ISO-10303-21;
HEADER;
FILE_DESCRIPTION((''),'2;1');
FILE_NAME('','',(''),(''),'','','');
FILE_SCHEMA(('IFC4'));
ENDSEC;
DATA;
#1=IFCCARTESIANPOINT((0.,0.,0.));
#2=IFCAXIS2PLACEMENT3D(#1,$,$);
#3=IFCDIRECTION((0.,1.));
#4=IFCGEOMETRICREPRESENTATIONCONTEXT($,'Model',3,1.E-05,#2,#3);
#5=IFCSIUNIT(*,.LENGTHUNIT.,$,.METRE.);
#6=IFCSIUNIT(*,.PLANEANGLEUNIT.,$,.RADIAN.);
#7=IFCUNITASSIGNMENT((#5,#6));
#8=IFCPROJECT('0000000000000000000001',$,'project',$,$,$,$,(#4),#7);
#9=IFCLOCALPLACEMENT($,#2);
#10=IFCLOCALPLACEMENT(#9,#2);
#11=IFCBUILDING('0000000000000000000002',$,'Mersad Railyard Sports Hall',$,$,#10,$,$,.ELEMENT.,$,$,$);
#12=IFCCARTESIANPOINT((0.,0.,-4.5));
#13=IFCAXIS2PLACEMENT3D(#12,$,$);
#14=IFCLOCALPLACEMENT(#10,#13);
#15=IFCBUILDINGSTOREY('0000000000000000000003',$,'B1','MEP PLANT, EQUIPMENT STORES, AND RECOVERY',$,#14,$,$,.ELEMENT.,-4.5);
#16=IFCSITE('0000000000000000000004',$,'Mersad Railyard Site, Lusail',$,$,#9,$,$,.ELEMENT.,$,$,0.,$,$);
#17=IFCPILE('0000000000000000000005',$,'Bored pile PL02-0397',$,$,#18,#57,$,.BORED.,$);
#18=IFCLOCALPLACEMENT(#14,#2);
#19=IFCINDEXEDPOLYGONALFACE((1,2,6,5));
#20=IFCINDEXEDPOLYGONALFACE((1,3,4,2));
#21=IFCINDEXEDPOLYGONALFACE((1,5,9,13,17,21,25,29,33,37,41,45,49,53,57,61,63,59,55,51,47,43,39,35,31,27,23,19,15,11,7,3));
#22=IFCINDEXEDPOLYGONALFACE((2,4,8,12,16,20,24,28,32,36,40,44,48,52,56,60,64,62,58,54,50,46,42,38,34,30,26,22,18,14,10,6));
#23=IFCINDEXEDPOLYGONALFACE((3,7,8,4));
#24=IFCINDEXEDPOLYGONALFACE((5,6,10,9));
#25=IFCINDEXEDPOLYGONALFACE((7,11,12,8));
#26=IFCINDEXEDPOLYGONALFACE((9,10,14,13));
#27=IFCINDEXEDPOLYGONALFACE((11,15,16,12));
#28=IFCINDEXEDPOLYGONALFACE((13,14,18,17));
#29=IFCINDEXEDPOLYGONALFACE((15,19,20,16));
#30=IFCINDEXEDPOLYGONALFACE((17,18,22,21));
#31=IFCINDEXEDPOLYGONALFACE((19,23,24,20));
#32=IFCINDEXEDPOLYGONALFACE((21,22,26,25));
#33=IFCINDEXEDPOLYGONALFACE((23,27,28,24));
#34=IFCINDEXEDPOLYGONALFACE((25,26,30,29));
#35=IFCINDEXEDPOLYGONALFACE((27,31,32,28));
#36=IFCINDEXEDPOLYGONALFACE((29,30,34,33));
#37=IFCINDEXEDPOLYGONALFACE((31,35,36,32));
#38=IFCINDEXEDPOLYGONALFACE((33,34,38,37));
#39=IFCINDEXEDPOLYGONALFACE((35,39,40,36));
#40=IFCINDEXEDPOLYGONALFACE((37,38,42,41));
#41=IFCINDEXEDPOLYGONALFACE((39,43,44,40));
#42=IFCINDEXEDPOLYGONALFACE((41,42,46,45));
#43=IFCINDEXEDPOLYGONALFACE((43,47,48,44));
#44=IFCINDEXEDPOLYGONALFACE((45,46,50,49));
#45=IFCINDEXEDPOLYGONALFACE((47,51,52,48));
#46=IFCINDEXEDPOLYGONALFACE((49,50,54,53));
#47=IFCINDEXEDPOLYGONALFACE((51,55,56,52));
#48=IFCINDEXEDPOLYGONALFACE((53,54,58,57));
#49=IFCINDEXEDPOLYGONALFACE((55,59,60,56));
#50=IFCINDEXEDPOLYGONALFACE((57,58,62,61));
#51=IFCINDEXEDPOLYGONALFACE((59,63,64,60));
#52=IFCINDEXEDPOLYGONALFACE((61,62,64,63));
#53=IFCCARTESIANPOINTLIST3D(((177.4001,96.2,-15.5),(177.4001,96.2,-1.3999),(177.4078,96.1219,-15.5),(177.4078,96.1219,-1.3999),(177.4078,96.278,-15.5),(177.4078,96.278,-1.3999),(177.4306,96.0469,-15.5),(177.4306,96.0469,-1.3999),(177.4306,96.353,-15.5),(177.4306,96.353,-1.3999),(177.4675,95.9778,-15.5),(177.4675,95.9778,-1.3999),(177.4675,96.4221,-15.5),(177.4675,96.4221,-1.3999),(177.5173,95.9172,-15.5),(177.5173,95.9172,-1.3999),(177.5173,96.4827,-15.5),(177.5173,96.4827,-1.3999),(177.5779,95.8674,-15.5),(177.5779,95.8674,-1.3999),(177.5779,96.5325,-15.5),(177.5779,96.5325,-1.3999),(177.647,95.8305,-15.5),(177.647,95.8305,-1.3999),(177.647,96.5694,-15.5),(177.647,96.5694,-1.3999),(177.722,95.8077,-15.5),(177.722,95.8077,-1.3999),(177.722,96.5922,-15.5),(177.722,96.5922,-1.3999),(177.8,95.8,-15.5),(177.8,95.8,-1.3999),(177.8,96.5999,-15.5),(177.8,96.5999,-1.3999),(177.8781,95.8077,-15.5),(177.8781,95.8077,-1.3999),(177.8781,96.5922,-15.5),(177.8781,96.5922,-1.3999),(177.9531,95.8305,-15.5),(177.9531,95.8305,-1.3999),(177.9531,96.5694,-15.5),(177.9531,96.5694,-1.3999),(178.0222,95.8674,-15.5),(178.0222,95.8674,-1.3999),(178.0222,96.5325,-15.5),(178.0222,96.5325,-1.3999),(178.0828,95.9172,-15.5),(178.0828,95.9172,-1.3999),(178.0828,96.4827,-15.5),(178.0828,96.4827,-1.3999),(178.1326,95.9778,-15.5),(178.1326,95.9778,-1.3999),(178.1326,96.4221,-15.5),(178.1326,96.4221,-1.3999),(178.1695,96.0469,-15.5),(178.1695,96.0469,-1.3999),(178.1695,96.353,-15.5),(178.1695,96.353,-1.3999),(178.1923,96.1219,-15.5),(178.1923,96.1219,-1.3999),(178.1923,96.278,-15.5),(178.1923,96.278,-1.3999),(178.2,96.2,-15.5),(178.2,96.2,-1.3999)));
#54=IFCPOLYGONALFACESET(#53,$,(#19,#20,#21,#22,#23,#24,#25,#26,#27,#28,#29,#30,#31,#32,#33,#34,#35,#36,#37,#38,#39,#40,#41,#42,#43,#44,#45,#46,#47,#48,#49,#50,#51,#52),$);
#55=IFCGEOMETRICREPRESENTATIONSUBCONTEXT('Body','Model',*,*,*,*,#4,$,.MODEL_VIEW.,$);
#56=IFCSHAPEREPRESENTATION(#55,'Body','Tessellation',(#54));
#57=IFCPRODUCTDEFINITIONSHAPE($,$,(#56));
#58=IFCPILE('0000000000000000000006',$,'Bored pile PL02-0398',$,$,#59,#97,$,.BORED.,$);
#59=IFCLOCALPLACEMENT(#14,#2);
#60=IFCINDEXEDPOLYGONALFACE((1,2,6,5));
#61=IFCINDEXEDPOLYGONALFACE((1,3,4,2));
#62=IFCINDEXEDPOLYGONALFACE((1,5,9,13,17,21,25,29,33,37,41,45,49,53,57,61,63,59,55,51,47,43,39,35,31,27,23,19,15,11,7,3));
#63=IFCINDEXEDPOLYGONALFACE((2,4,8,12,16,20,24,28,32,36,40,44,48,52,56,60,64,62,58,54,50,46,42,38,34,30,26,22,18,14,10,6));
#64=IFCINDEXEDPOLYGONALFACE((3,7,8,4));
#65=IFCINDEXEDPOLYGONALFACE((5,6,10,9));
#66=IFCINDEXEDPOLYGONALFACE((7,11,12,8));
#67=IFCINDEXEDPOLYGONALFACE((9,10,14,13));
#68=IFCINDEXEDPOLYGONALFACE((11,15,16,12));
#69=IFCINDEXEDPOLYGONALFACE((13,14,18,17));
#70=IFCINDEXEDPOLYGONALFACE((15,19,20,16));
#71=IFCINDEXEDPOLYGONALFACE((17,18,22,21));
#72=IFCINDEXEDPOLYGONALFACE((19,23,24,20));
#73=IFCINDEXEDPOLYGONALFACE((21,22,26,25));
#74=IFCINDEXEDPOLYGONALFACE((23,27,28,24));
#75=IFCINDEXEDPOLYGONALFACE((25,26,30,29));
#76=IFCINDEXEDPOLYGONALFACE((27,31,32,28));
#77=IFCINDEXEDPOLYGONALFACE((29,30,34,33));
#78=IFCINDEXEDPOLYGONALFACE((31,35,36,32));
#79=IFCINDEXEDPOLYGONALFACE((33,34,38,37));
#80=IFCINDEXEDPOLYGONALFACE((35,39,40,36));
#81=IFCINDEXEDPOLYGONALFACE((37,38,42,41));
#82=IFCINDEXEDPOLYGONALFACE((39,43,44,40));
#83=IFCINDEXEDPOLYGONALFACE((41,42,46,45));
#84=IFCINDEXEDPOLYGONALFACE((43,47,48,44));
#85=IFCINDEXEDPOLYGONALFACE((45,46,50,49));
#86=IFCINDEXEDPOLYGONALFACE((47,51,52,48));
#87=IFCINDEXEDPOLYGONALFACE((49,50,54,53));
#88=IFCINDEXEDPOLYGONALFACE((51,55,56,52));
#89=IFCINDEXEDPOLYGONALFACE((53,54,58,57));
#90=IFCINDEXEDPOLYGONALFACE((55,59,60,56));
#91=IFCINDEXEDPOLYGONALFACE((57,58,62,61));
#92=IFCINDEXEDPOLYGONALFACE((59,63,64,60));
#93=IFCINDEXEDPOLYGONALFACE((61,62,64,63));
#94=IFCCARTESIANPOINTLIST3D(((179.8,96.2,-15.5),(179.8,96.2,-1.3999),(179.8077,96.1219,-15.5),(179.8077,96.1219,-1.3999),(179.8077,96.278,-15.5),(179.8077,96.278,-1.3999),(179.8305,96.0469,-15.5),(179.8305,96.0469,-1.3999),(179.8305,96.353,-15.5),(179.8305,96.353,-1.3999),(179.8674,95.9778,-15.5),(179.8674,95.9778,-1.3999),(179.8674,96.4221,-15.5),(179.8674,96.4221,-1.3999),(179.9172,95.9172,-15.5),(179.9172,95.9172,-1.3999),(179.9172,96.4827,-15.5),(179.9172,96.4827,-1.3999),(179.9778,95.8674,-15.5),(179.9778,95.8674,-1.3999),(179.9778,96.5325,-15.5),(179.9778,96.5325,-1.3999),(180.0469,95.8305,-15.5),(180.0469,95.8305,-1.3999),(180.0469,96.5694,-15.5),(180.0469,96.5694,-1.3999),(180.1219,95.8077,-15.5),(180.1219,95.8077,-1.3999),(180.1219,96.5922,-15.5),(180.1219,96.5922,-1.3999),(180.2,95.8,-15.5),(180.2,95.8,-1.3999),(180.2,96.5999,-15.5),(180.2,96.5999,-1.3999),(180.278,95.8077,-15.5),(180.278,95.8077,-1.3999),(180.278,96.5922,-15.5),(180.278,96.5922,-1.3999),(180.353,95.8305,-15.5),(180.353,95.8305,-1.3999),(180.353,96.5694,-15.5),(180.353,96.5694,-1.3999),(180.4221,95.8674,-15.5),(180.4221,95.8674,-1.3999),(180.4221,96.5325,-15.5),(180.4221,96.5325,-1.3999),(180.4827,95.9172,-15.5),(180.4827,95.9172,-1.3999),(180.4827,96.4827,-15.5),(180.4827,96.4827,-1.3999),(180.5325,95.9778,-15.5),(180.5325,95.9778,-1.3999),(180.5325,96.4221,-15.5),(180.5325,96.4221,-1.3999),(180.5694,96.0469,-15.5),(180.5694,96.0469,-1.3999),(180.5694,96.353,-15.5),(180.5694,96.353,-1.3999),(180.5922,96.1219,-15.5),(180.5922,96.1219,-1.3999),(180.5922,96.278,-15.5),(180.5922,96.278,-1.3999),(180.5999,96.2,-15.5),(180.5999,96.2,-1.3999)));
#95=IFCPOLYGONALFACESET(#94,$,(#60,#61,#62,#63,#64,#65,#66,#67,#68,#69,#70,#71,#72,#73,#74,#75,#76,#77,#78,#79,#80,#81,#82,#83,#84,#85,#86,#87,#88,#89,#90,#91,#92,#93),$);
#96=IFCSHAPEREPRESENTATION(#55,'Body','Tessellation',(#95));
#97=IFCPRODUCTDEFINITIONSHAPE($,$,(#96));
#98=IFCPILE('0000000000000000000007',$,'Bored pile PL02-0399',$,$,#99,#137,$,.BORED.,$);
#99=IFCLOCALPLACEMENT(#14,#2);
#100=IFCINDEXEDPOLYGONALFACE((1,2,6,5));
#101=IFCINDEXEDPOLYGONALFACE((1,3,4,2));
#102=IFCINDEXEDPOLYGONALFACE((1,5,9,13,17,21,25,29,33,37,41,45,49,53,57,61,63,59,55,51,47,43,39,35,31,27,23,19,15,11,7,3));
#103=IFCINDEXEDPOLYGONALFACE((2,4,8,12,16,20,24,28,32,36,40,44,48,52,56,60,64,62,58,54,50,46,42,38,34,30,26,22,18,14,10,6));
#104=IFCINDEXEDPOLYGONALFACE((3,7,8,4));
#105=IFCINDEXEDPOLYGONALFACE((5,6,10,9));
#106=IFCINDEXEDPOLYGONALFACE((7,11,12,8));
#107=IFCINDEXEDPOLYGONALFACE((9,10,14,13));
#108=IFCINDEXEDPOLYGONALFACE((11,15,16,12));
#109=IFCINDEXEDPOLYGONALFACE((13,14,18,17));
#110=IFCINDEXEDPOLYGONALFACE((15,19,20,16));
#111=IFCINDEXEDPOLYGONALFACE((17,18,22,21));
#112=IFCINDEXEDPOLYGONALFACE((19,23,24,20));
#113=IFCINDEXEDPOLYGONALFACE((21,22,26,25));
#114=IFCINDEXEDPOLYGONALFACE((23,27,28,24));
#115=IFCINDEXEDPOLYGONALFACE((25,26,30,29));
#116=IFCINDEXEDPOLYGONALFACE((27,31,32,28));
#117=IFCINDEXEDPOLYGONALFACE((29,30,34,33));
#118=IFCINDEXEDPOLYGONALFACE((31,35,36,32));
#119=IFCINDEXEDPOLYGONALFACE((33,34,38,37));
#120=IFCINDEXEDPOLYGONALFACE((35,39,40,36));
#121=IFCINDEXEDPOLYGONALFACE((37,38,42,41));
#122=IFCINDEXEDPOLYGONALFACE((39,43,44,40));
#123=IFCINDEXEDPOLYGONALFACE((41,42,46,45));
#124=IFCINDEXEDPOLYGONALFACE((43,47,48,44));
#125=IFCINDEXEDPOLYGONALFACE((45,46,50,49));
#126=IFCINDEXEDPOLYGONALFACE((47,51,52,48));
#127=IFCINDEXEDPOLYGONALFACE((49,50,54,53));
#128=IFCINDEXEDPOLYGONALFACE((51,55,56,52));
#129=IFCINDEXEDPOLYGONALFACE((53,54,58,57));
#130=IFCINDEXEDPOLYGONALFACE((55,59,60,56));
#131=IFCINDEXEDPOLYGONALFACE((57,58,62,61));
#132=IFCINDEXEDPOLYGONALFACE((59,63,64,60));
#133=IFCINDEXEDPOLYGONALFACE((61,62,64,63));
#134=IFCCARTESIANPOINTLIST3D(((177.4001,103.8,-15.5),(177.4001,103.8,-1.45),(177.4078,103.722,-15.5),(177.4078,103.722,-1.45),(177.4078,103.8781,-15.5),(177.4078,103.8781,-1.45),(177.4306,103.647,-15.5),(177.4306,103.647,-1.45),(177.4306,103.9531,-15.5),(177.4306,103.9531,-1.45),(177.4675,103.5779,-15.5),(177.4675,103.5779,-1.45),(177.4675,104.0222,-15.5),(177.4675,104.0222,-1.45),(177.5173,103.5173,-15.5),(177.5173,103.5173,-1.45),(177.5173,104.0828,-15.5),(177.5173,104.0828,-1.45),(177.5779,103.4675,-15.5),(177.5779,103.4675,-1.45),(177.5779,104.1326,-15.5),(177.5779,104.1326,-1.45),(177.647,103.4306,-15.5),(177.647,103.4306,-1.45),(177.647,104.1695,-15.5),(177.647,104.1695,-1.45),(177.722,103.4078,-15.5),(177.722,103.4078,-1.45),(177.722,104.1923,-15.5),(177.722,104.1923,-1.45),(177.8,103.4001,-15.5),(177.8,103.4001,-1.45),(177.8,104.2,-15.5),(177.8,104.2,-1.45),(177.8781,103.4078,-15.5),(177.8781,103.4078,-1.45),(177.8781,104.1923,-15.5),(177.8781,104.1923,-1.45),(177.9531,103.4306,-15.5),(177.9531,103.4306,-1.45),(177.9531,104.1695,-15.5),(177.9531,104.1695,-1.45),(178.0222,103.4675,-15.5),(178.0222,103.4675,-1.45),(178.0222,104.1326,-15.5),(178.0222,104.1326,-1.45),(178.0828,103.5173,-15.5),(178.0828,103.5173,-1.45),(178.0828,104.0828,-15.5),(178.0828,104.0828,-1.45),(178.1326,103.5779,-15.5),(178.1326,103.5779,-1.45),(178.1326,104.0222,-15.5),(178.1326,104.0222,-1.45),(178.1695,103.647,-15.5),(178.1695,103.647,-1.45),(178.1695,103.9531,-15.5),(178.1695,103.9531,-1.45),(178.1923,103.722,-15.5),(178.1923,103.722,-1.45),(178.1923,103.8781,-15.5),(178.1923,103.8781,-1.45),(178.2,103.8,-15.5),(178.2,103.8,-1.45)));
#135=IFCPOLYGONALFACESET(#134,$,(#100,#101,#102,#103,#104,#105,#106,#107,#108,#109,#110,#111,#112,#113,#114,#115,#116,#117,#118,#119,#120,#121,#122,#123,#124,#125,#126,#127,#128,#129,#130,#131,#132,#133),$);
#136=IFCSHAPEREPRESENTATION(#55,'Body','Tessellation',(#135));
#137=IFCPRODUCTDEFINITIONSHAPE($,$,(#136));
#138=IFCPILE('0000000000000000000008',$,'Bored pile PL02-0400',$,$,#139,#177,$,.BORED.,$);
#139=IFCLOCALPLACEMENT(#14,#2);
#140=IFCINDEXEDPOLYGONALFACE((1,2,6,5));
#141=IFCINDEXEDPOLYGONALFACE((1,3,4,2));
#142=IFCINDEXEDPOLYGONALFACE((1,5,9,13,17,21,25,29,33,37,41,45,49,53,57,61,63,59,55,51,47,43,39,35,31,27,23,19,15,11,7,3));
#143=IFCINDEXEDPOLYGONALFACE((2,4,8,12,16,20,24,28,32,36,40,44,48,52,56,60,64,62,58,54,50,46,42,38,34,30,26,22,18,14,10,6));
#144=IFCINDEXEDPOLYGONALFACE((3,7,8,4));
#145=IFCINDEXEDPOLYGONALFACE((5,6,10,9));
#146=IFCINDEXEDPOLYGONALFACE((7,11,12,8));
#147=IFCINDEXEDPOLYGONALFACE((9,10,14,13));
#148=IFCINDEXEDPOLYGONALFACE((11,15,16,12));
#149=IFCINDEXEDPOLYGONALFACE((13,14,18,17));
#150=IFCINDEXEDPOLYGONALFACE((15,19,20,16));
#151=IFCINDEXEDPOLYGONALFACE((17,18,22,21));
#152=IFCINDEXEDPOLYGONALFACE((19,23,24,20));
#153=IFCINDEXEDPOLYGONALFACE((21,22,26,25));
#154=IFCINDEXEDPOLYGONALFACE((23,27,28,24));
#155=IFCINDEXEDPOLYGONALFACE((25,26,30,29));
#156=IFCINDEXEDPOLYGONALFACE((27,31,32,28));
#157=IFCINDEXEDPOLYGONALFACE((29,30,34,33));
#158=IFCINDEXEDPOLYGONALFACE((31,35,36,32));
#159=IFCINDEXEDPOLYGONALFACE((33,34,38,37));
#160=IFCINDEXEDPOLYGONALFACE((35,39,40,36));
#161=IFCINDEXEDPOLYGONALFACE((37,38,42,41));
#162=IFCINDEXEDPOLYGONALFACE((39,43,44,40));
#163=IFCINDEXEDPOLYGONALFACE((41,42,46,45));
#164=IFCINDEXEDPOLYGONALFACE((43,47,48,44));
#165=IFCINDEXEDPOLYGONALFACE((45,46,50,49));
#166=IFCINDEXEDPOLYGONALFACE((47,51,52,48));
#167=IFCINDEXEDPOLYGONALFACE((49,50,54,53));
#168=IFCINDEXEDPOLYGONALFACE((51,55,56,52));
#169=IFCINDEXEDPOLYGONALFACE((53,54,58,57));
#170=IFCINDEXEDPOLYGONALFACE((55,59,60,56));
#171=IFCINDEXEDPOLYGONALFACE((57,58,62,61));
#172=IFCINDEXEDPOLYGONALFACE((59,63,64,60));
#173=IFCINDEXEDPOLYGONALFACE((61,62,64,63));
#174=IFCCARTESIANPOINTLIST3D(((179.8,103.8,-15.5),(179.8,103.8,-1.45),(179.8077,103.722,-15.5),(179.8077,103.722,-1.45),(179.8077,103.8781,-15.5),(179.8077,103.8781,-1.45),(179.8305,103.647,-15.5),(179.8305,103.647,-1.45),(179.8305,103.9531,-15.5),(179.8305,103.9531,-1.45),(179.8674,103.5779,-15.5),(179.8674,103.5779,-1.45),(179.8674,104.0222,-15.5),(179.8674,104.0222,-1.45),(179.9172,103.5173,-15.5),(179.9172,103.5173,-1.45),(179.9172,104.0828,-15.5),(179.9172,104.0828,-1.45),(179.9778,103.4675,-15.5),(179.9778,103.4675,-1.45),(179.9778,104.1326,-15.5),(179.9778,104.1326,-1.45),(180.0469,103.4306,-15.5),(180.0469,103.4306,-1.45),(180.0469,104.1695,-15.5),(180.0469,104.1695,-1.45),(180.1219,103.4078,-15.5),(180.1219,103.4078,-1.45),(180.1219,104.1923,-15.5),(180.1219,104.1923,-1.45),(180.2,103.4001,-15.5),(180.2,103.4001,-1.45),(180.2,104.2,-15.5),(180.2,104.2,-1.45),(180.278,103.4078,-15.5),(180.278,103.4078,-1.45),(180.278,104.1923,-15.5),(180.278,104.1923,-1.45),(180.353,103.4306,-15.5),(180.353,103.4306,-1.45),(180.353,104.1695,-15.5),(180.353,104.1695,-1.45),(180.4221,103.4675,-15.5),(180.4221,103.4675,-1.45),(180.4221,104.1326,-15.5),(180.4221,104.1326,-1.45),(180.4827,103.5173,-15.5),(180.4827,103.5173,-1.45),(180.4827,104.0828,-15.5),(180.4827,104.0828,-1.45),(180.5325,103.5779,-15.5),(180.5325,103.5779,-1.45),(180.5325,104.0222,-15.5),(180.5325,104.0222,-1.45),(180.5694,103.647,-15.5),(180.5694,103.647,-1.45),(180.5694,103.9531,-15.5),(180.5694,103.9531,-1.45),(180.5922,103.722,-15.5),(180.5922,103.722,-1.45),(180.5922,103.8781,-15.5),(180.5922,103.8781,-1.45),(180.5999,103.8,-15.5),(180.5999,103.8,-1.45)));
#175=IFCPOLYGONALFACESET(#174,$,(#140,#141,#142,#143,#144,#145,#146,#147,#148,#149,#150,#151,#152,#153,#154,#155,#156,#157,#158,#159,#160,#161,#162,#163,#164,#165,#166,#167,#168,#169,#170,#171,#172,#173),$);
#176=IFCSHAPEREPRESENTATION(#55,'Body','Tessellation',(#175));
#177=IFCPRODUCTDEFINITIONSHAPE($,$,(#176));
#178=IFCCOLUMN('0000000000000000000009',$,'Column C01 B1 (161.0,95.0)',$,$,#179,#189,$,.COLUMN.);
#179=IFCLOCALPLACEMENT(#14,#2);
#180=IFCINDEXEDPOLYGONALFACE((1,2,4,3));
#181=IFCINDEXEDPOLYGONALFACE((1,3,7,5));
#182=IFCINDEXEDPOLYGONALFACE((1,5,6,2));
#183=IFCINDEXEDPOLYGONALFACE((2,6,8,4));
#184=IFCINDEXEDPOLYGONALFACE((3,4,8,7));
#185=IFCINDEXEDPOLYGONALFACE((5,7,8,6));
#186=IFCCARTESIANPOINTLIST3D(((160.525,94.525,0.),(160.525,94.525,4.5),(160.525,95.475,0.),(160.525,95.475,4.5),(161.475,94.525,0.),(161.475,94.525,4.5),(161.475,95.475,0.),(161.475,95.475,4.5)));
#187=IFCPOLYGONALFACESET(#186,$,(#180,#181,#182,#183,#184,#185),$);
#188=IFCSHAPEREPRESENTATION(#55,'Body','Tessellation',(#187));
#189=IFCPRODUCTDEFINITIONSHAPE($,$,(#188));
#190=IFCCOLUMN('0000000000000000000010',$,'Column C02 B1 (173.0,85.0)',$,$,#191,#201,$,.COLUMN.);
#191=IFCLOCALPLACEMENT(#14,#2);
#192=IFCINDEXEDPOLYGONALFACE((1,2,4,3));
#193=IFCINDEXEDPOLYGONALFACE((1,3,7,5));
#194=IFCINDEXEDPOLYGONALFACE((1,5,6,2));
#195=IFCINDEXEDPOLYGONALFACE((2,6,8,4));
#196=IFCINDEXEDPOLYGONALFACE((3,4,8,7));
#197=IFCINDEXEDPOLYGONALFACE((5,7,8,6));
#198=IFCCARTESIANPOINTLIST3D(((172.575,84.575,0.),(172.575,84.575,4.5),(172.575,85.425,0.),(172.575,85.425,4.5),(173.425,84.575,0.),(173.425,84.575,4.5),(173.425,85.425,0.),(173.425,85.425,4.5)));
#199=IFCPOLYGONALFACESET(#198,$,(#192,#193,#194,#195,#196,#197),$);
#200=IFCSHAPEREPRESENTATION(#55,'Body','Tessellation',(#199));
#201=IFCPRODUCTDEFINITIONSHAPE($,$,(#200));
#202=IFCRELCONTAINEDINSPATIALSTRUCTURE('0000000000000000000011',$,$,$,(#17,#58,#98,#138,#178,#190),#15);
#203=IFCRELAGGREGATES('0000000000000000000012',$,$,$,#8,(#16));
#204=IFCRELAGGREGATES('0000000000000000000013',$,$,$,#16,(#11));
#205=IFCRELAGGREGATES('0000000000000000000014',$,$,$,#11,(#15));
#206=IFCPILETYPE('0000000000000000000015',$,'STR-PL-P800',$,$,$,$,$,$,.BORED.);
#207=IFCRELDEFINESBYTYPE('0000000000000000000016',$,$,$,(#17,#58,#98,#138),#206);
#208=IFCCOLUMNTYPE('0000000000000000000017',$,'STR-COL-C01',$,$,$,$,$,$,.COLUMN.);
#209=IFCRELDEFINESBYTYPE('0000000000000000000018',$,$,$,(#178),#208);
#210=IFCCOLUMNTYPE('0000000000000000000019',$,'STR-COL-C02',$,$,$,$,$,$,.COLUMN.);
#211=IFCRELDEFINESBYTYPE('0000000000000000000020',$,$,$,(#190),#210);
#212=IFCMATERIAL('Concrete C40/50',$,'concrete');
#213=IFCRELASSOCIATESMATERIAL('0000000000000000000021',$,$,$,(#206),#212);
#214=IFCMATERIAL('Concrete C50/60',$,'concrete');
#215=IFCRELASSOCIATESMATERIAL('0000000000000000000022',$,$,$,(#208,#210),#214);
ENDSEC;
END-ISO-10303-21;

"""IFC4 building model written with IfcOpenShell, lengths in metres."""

from ifc_helpers import new_model, si_unit, direction, frame, origin, origin_2d, place, context, subcontext, project, spatial, rectangle, circle, extrude, material, material_profile, profile_set, type_object, element, save


model = new_model("IFC4")

# Units and contexts
model_context = context("Model", 3, precision=1e-05, world=origin(), true_north=direction((0.0, 1.0)))
body_context = subcontext(model_context, "Body", "Model", "MODEL_VIEW")
ifc_project = project(units=[si_unit("LENGTHUNIT", "METRE"), si_unit("PLANEANGLEUNIT", "RADIAN")], contexts=[model_context])

# Site, building, storey
site_placement = place(None, origin())
site = spatial("IfcSite", under=ifc_project, at=site_placement, Name="Mersad Railyard Site, Lusail", CompositionType="ELEMENT", RefElevation=0.0)
building_placement = place(site_placement, origin())
building = spatial("IfcBuilding", under=site, at=building_placement, Name="Mersad Railyard Sports Hall", CompositionType="ELEMENT")
storey_placement = place(building_placement, frame((0.0, 0.0, -4.5)))
storey = spatial("IfcBuildingStorey", under=building, at=storey_placement, Name="B1", Description="MEP PLANT, EQUIPMENT STORES, AND RECOVERY", CompositionType="ELEMENT", Elevation=-4.5)

# Shared definitions
ifc_material_1 = material(Name="Concrete C40/50", Category="concrete")

# Piles
ifc_material_profile_1 = material_profile(ifc_material_1, circle(Radius=0.3999, at=origin_2d()), Name="BORED PILE D800")
ifc_profile_set_1 = profile_set([ifc_material_profile_1], Name="Concrete C40/50")
pile_type_1 = type_object("IfcPileType", Name="STR-PL-P800", PredefinedType="BORED", material=ifc_profile_set_1)
for number, where, z_axis, x_axis, name in (
    (1, (177.8, 96.2, -1.3999), (0.0, 0.0, -1.0), (1.0, 0.0, 0.0), "Bored pile PL02-0397"),
    (2, (180.2, 96.2, -1.3999), (0.0, 0.0, -1.0), (1.0, 0.0, 0.0), "Bored pile PL02-0398"),
):
    element("IfcPile", number, at=place(storey_placement, frame(where, z_axis=z_axis, x_axis=x_axis)), inside=storey, type_object=pile_type_1, Name=name, PredefinedType="BORED", context=body_context, shape_type="SweptSolid", body=[
        extrude(circle(Radius=0.3999, at=origin_2d()), origin(), (0.0, 0.0, 1.0), 14.1001),
    ])
for number, where, z_axis, x_axis, name in (
    (3, (177.8, 103.8, -1.45), (0.0, 0.0, -1.0), (1.0, 0.0, 0.0), "Bored pile PL02-0399"),
    (4, (180.2, 103.8, -1.45), (0.0, 0.0, -1.0), (1.0, 0.0, 0.0), "Bored pile PL02-0400"),
):
    element("IfcPile", number, at=place(storey_placement, frame(where, z_axis=z_axis, x_axis=x_axis)), inside=storey, type_object=pile_type_1, Name=name, PredefinedType="BORED", context=body_context, shape_type="SweptSolid", body=[
        extrude(circle(Radius=0.3999, at=origin_2d()), origin(), (0.0, 0.0, 1.0), 14.05),
    ])

# Columns
ifc_material_2 = material(Name="Concrete C50/60", Category="concrete")
ifc_material_profile_2 = material_profile(ifc_material_2, rectangle(XDim=0.95, YDim=0.95, at=origin_2d()), Name="RC 950x950")
ifc_profile_set_2 = profile_set([ifc_material_profile_2], Name="Concrete C50/60")
column_type_1 = type_object("IfcColumnType", Name="STR-COL-C01", PredefinedType="COLUMN", material=ifc_profile_set_2)
column_placement = place(storey_placement, frame((161.0, 95.0, 0.0), z_axis=(0.0, 0.0, 1.0), x_axis=(1.0, 0.0, 0.0)))
element("IfcColumn", 5, at=column_placement, inside=storey, type_object=column_type_1, Name="Column C01 B1 (161.0,95.0)", PredefinedType="COLUMN", context=body_context, shape_type="SweptSolid", body=[
    extrude(rectangle(XDim=0.95, YDim=0.95, at=origin_2d()), origin(), (0.0, 0.0, 1.0), 4.5),
])
ifc_material_profile_3 = material_profile(ifc_material_2, rectangle(XDim=0.8501, YDim=0.8501, at=origin_2d()), Name="RC 850x850")
ifc_profile_set_3 = profile_set([ifc_material_profile_3], Name="Concrete C50/60")
column_type_2 = type_object("IfcColumnType", Name="STR-COL-C02", PredefinedType="COLUMN", material=ifc_profile_set_3)
for number, where, z_axis, x_axis, name in (
    (6, (173.0, 85.0, 0.0), (0.0, 0.0, 1.0), (1.0, 0.0, 0.0), "Column C02 B1 (173.0,85.0)"),
):
    element("IfcColumn", number, at=place(storey_placement, frame(where, z_axis=z_axis, x_axis=x_axis)), inside=storey, type_object=column_type_2, Name=name, PredefinedType="COLUMN", context=body_context, shape_type="SweptSolid", body=[
        extrude(rectangle(XDim=0.8501, YDim=0.8501, at=origin_2d()), origin(), (0.0, 0.0, 1.0), 4.5),
    ])

save(model, "model.ifc")
